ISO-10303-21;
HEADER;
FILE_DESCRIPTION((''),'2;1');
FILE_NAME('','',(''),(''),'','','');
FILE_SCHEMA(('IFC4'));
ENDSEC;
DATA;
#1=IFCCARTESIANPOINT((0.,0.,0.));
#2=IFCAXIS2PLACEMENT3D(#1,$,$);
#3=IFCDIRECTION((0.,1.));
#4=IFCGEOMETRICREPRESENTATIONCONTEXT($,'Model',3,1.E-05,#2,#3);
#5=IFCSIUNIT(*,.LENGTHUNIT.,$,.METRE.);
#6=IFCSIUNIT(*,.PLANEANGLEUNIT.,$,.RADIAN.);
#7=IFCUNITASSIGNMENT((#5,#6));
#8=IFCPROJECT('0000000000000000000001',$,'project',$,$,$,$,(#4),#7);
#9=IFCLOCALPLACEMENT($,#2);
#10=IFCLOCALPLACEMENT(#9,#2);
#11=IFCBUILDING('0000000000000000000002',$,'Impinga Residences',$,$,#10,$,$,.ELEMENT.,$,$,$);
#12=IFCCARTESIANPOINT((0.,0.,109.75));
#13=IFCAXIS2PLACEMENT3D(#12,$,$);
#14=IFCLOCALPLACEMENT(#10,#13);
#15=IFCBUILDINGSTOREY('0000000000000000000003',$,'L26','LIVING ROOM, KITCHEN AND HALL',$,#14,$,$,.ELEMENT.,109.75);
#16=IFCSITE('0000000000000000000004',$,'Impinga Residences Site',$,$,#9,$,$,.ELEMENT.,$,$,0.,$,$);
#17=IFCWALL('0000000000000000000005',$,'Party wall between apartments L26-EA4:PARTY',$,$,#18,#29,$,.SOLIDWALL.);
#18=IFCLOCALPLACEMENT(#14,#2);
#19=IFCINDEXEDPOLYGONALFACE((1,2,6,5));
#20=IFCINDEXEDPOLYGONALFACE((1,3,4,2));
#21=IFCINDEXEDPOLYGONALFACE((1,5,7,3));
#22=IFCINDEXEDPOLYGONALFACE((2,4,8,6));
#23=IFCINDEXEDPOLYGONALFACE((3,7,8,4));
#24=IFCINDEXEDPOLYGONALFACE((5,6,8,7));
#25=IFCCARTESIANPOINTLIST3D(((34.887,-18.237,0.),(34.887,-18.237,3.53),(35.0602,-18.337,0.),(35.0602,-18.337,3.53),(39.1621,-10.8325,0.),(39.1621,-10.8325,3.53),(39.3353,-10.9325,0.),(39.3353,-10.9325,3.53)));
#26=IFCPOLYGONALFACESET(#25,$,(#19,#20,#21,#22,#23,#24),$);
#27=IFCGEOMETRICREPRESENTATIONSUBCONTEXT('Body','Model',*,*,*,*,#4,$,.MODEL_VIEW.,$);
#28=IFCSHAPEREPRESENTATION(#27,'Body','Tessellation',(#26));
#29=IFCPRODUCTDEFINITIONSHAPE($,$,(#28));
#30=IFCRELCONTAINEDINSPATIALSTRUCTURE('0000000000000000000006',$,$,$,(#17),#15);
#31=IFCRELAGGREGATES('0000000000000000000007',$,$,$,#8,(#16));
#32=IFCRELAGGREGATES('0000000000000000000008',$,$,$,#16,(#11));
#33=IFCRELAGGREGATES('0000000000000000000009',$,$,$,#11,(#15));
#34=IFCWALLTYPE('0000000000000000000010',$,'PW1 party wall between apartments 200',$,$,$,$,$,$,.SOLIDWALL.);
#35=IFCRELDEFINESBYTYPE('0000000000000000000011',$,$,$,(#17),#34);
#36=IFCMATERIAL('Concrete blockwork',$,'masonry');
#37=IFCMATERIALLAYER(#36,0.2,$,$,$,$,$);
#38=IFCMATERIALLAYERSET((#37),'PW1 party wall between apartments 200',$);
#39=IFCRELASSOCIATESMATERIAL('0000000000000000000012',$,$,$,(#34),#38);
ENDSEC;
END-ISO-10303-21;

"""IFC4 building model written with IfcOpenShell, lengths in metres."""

from ifc_helpers import new_model, si_unit, direction, frame, frame_2d, origin, place, context, subcontext, project, spatial, rectangle, extrude, material, layer, layer_set, type_object, element, save


model = new_model("IFC4")

# Units and contexts
model_context = context("Model", 3, precision=1e-05, world=origin(), true_north=direction((0.0, 1.0)))
body_context = subcontext(model_context, "Body", "Model", "MODEL_VIEW")
ifc_project = project(units=[si_unit("LENGTHUNIT", "METRE"), si_unit("PLANEANGLEUNIT", "RADIAN")], contexts=[model_context])

# Site, building, storey
site_placement = place(None, origin())
site = spatial("IfcSite", under=ifc_project, at=site_placement, Name="Impinga Residences Site", CompositionType="ELEMENT", RefElevation=0.0)
building_placement = place(site_placement, origin())
building = spatial("IfcBuilding", under=site, at=building_placement, Name="Impinga Residences", CompositionType="ELEMENT")
storey_placement = place(building_placement, frame((0.0, 0.0, 109.75)))
storey = spatial("IfcBuildingStorey", under=building, at=storey_placement, Name="L26", Description="LIVING ROOM, KITCHEN AND HALL", CompositionType="ELEMENT", Elevation=109.75)

# Wall
ifc_material_1 = material(Name="Concrete blockwork", Category="masonry")
ifc_layer_1 = layer(ifc_material_1, 0.2)
ifc_layer_set_1 = layer_set([ifc_layer_1], Name="PW1 party wall between apartments 200")
wall_type_1 = type_object("IfcWallType", Name="PW1 party wall between apartments 200", PredefinedType="SOLIDWALL", material=ifc_layer_set_1)
wall_1_placement = place(storey_placement, frame((34.9736, -18.2869, 0.0), z_axis=(0.0, 0.0, 1.0), x_axis=(0.500012, 0.866019, 0.0)))
element("IfcWall", 1, at=wall_1_placement, inside=storey, type_object=wall_type_1, Name="Party wall between apartments L26-EA4:PARTY", PredefinedType="SOLIDWALL", context=body_context, shape_type="SweptSolid", body=[
    extrude(rectangle(XDim=8.55, YDim=0.2, at=frame_2d((4.2749, 0.0))), origin(), (0.0, 0.0, 1.0), 3.53),
])

save(model, "model.ifc")
